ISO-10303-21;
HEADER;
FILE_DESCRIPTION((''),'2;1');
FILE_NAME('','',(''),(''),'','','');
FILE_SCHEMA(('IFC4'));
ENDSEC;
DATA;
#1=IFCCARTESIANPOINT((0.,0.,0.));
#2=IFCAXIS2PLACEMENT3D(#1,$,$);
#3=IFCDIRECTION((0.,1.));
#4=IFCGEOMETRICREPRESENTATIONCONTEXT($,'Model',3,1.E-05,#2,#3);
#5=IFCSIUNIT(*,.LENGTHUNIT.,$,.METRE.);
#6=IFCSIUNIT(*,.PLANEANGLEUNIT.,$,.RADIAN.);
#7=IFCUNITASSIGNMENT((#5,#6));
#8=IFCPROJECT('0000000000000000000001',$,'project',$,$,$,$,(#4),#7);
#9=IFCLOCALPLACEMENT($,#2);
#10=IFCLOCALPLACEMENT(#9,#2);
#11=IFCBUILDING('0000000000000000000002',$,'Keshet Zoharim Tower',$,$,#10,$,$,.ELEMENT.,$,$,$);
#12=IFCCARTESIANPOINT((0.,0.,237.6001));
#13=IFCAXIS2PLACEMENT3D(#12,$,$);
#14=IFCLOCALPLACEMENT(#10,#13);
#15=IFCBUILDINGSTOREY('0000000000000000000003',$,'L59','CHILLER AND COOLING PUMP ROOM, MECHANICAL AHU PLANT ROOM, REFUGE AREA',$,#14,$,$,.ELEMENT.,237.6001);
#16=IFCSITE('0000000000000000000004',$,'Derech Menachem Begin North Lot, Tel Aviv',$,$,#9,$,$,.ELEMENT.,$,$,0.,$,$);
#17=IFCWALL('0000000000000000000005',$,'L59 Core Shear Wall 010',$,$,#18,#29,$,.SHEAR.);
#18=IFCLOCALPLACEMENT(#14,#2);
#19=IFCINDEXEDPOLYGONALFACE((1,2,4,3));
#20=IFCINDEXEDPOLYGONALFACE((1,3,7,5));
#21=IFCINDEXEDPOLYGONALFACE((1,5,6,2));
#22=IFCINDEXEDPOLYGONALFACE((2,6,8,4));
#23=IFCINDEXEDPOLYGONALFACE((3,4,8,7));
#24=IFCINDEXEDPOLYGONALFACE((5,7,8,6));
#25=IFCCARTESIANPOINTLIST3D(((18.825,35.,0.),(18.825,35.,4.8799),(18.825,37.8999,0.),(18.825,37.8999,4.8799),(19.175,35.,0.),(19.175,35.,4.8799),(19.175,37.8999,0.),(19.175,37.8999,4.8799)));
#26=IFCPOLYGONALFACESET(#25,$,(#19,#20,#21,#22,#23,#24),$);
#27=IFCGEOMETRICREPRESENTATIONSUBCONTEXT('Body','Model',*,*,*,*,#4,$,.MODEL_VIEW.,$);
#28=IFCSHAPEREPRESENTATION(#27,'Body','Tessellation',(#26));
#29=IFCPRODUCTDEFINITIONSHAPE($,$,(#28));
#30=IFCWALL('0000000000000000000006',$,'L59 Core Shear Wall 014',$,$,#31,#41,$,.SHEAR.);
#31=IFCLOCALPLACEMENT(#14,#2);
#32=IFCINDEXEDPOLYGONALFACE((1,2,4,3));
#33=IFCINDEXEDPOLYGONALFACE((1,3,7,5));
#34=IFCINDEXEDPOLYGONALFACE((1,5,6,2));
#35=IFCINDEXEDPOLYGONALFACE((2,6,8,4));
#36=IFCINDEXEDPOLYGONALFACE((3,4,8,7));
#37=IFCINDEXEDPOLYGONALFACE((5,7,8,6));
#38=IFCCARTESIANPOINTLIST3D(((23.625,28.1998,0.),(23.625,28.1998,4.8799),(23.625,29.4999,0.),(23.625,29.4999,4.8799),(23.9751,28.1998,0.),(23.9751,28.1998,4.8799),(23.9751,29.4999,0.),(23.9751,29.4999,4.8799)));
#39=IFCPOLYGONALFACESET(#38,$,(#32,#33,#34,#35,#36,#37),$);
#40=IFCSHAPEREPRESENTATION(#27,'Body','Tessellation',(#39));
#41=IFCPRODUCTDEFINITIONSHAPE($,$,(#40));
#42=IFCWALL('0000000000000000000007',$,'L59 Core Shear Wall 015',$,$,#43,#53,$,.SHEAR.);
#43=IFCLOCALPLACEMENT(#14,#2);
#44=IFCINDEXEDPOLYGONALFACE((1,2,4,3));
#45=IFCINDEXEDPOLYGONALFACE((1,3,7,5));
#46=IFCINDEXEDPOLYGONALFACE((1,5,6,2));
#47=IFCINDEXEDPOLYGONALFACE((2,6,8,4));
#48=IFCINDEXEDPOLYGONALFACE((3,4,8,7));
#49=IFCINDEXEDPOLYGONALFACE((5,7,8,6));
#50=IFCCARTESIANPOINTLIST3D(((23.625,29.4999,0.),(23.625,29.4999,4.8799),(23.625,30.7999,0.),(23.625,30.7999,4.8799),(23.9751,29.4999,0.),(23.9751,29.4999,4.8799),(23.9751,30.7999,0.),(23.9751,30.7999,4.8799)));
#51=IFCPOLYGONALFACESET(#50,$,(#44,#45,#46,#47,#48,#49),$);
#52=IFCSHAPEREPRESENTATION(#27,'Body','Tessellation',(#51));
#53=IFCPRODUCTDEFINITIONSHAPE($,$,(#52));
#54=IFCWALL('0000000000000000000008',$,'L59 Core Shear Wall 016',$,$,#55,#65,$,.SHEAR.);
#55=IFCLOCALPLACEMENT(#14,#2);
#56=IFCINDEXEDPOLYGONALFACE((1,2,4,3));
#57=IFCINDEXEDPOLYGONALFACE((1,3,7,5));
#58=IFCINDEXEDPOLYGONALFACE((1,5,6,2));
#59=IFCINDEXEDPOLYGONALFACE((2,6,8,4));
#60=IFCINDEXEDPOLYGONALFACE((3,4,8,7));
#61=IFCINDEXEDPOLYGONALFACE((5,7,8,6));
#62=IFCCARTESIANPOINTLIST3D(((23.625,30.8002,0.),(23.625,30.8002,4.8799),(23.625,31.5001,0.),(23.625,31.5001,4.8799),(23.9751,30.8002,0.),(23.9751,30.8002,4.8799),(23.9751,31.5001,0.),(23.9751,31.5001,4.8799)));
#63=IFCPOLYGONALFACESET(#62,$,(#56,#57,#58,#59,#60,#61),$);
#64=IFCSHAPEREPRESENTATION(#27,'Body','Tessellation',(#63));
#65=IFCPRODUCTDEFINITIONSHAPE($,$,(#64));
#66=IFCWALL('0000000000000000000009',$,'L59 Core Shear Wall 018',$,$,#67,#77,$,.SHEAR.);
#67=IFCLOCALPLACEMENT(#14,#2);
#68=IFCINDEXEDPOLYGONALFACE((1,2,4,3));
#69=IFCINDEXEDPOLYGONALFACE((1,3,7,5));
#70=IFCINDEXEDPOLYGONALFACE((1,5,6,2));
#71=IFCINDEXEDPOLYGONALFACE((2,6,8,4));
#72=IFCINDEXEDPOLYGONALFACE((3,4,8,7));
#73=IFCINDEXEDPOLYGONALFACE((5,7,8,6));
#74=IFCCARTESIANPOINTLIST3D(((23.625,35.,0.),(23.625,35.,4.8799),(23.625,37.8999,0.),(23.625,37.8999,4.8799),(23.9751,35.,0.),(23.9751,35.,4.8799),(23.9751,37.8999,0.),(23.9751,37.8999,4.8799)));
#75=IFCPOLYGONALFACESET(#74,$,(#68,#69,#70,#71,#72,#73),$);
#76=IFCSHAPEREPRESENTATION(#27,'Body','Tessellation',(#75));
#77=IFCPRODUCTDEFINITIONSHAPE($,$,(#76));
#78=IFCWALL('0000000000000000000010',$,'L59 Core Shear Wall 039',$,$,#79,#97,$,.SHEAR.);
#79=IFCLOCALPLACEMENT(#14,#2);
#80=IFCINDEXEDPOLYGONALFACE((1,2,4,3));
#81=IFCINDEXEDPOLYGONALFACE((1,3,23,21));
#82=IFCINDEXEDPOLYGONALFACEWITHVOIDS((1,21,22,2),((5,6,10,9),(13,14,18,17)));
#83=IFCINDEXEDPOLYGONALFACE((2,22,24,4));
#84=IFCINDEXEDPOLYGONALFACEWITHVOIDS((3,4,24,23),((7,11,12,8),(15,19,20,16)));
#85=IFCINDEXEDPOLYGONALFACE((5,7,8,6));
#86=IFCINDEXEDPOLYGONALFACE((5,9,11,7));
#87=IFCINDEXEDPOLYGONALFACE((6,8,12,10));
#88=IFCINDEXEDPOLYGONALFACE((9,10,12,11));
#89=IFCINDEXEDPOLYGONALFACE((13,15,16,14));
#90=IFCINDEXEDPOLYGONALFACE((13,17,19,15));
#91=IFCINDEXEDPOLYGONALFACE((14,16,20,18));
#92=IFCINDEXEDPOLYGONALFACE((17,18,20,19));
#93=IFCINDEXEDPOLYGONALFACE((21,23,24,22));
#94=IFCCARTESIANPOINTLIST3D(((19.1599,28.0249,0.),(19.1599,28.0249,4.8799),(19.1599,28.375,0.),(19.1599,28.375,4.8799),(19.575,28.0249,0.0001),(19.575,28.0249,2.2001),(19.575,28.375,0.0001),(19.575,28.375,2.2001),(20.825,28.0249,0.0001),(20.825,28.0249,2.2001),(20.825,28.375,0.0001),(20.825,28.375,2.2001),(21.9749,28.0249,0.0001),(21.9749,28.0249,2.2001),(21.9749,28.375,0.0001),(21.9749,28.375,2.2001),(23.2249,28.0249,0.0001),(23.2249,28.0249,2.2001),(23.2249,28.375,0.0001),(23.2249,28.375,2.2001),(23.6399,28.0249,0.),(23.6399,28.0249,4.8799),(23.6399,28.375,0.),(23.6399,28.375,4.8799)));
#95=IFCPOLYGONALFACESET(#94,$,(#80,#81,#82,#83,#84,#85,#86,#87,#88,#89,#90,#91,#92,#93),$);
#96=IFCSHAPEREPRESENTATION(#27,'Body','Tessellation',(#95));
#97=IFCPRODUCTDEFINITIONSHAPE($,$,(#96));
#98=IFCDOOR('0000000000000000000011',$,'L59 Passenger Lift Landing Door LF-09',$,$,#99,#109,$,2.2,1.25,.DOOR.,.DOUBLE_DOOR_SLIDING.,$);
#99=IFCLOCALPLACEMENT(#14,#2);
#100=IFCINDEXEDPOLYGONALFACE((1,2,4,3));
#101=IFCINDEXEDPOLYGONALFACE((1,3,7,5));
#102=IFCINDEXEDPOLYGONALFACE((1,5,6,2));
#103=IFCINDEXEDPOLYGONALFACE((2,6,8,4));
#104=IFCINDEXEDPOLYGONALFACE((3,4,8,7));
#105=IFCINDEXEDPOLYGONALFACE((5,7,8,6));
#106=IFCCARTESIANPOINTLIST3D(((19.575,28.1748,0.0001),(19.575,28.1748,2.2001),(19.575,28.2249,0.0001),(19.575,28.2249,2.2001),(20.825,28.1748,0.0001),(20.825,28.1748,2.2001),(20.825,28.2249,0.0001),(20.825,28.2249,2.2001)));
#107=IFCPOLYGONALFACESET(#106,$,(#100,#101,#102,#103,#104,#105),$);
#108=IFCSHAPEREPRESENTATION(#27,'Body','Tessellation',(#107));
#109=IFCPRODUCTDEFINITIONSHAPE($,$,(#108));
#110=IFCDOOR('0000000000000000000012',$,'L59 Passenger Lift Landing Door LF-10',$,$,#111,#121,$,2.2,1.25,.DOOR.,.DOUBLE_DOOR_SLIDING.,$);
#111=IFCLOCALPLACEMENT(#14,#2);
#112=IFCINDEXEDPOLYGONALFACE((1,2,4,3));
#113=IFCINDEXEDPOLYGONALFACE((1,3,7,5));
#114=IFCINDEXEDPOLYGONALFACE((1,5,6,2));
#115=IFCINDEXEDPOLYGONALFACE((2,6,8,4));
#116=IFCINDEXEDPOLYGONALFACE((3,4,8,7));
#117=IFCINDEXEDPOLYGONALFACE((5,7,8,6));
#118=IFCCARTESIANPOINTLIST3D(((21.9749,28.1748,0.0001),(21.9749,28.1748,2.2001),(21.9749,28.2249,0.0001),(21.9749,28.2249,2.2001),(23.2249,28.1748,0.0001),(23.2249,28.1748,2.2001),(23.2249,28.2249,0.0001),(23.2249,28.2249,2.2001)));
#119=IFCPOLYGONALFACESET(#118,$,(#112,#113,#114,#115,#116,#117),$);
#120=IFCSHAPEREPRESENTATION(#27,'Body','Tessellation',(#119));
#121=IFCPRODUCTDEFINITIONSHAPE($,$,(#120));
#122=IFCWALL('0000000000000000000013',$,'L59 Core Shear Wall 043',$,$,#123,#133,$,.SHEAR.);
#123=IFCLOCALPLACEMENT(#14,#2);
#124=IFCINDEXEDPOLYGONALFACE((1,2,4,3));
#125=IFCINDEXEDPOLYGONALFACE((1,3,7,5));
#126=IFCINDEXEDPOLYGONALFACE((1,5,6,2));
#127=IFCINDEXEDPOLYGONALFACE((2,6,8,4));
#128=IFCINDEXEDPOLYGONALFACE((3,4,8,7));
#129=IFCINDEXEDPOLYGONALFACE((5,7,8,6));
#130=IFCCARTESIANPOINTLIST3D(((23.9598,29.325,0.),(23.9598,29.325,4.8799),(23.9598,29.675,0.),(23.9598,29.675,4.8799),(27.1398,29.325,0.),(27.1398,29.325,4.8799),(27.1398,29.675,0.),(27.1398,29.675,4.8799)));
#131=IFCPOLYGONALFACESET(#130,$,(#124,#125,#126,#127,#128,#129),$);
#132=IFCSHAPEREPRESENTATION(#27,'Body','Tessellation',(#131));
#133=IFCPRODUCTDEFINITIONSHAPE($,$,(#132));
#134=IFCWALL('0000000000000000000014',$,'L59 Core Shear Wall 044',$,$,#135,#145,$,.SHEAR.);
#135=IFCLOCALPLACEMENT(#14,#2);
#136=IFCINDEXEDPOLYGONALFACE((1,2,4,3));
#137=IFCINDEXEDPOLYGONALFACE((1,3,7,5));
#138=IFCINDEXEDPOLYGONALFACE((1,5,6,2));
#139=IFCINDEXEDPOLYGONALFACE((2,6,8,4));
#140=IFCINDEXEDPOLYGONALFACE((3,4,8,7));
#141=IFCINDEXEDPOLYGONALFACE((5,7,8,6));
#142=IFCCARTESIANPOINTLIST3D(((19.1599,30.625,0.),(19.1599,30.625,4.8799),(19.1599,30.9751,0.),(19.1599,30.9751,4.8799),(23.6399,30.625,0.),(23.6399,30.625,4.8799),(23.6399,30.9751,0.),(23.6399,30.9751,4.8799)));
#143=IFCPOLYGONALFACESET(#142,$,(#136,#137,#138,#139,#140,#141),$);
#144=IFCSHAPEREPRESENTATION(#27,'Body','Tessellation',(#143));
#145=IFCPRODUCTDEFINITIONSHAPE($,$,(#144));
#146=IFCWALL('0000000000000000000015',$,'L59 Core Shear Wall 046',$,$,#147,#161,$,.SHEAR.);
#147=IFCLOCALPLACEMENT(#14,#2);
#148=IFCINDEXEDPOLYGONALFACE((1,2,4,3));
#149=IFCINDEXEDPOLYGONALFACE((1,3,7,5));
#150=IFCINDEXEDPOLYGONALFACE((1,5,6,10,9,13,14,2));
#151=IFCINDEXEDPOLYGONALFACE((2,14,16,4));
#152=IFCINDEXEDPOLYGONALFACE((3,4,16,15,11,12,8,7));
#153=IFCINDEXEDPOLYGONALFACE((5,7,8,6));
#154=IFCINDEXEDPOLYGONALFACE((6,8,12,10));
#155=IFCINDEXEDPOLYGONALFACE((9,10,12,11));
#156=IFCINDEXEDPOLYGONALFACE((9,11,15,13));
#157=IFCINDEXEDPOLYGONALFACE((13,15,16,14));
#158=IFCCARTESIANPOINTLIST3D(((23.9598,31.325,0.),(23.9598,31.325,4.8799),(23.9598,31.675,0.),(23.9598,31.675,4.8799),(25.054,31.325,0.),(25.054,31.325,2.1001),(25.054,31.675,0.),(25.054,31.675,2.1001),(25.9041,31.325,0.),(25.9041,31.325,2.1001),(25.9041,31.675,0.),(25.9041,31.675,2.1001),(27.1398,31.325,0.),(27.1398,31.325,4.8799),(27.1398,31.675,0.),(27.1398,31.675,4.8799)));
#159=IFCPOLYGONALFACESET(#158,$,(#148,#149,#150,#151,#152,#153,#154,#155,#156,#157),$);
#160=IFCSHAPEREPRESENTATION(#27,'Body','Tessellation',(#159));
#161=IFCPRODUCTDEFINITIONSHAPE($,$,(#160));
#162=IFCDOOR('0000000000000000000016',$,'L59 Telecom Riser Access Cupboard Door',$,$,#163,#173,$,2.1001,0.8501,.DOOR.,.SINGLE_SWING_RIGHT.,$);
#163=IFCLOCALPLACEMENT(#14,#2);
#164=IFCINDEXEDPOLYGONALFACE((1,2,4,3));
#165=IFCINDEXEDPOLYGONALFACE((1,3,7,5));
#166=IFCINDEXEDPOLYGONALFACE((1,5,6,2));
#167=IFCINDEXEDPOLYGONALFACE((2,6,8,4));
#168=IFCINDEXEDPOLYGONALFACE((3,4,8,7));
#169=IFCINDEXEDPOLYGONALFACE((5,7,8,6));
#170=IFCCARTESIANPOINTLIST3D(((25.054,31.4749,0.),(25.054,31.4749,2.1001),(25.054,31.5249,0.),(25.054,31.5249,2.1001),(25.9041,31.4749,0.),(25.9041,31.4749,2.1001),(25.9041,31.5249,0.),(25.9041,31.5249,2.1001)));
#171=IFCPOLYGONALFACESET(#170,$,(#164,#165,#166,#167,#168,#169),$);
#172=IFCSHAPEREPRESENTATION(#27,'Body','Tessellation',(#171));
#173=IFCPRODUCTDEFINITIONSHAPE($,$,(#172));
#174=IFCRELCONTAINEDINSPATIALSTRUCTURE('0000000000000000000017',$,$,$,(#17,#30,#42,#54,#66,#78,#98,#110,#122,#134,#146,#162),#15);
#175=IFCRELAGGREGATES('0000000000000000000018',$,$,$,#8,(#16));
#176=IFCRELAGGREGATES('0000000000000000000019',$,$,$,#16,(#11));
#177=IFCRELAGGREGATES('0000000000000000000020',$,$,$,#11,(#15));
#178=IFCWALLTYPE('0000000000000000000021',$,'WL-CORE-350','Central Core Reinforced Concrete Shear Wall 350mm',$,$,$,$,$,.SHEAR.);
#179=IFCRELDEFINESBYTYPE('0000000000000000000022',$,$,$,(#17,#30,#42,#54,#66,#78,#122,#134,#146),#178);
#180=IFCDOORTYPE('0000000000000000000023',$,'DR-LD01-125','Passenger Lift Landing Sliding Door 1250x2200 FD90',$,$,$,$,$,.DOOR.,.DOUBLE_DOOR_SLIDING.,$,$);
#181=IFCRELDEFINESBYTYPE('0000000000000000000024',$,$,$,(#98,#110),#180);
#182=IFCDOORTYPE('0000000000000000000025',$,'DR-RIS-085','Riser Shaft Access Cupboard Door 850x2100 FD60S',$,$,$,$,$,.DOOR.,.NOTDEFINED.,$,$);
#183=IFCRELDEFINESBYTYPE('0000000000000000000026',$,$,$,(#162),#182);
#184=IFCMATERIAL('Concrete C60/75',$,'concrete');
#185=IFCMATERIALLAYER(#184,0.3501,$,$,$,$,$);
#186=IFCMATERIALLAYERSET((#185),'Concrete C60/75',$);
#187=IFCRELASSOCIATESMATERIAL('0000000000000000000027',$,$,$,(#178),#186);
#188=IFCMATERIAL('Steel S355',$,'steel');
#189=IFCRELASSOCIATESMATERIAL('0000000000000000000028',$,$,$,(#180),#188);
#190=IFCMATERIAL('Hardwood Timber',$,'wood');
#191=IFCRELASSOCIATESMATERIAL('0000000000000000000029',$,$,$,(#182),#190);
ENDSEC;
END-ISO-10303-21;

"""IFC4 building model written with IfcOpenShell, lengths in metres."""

from ifc_helpers import new_model, si_unit, direction, frame, frame_2d, origin, place, context, subcontext, project, spatial, rectangle, extrude, material, layer, layer_set, type_object, element, fill, save


model = new_model("IFC4")

# Units and contexts
model_context = context("Model", 3, precision=1e-05, world=origin(), true_north=direction((0.0, 1.0)))
body_context = subcontext(model_context, "Body", "Model", "MODEL_VIEW")
ifc_project = project(units=[si_unit("LENGTHUNIT", "METRE"), si_unit("PLANEANGLEUNIT", "RADIAN")], contexts=[model_context])

# Site, building, storey
site_placement = place(None, origin())
site = spatial("IfcSite", under=ifc_project, at=site_placement, Name="Derech Menachem Begin North Lot, Tel Aviv", CompositionType="ELEMENT", RefElevation=0.0)
building_placement = place(site_placement, origin())
building = spatial("IfcBuilding", under=site, at=building_placement, Name="Keshet Zoharim Tower", CompositionType="ELEMENT")
storey_placement = place(building_placement, frame((0.0, 0.0, 237.6001)))
storey = spatial("IfcBuildingStorey", under=building, at=storey_placement, Name="L59", Description="CHILLER AND COOLING PUMP ROOM, MECHANICAL AHU PLANT ROOM, REFUGE AREA", CompositionType="ELEMENT", Elevation=237.6001)

# Shared definitions
ifc_material_1 = material(Name="Concrete C60/75", Category="concrete")
ifc_layer_1 = layer(ifc_material_1, 0.3501)
ifc_layer_set_1 = layer_set([ifc_layer_1], Name="Concrete C60/75")
wall_type_1 = type_object("IfcWallType", Name="WL-CORE-350", Description="Central Core Reinforced Concrete Shear Wall 350mm", PredefinedType="SHEAR", material=ifc_layer_set_1)
ifc_material_2 = material(Name="Hardwood Timber", Category="wood")

# Walls
wall_1_placement = place(storey_placement, frame((19.0, 35.0, 0.0), z_axis=(0.0, 0.0, 1.0), x_axis=(0.0, 1.0, 0.0)))
element("IfcWall", 1, at=wall_1_placement, inside=storey, type_object=wall_type_1, Name="L59 Core Shear Wall 010", PredefinedType="SHEAR", context=body_context, shape_type="SweptSolid", body=[
    extrude(rectangle(XDim=2.8999, YDim=0.3501, at=frame_2d((1.45, 0.0))), origin(), (0.0, 0.0, 1.0), 4.8799),
])
for number, where, z_axis, x_axis, name in (
    (2, (23.8, 28.2, 0.0), (0.0, 0.0, 1.0), (0.0, 1.0, 0.0), "L59 Core Shear Wall 014"),
    (3, (23.8, 29.5, 0.0), (0.0, 0.0, 1.0), (0.0, 1.0, 0.0), "L59 Core Shear Wall 015"),
):
    element("IfcWall", number, at=place(storey_placement, frame(where, z_axis=z_axis, x_axis=x_axis)), inside=storey, type_object=wall_type_1, Name=name, PredefinedType="SHEAR", context=body_context, shape_type="SweptSolid", body=[
        extrude(rectangle(XDim=1.3, YDim=0.3501, at=frame_2d((0.6499, 0.0))), origin(), (0.0, 0.0, 1.0), 4.8799),
    ])
wall_2_placement = place(storey_placement, frame((23.8, 30.8, 0.0), z_axis=(0.0, 0.0, 1.0), x_axis=(0.0, 1.0, 0.0)))
element("IfcWall", 4, at=wall_2_placement, inside=storey, type_object=wall_type_1, Name="L59 Core Shear Wall 016", PredefinedType="SHEAR", context=body_context, shape_type="SweptSolid", body=[
    extrude(rectangle(XDim=0.7, YDim=0.3501, at=frame_2d((0.3501, 0.0))), origin(), (0.0, 0.0, 1.0), 4.8799),
])

# Wall
wall_3_placement = place(storey_placement, frame((23.8, 35.0, 0.0), z_axis=(0.0, 0.0, 1.0), x_axis=(0.0, 1.0, 0.0)))
element("IfcWall", 5, at=wall_3_placement, inside=storey, type_object=wall_type_1, Name="L59 Core Shear Wall 018", PredefinedType="SHEAR", context=body_context, shape_type="SweptSolid", body=[
    extrude(rectangle(XDim=2.8999, YDim=0.3501, at=frame_2d((1.45, 0.0))), origin(), (0.0, 0.0, 1.0), 4.8799),
])

# Wall, openings, doors
wall_4_placement = place(storey_placement, frame((19.1599, 28.2, 0.0), z_axis=(0.0, 0.0, 1.0), x_axis=(1.0, 0.0, 0.0)))
wall_4 = element("IfcWall", 6, at=wall_4_placement, inside=storey, type_object=wall_type_1, Name="L59 Core Shear Wall 039", PredefinedType="SHEAR", context=body_context, shape_type="SweptSolid", body=[
    extrude(rectangle(XDim=4.48, YDim=0.3501, at=frame_2d((2.24, 0.0))), origin(), (0.0, 0.0, 1.0), 4.8799),
])
opening_1_placement = place(wall_4_placement, frame((0.415, 0.0, 0.0)))
opening_1 = element("IfcOpeningElement", 7, at=opening_1_placement, cuts=wall_4, PredefinedType="OPENING", context=body_context, shape_type="SweptSolid", body=[
    extrude(rectangle(XDim=1.25, YDim=2.2, at=frame_2d((0.625, 1.1001))), frame((0.0, 0.1851, 0.0), z_axis=(0.0, -1.0, 0.0), x_axis=(1.0, 0.0, 0.0)), (0.0, 0.0, 1.0), 0.3701),
])
opening_2_placement = place(wall_4_placement, frame((2.8149, 0.0, 0.0)))
opening_2 = element("IfcOpeningElement", 8, at=opening_2_placement, cuts=wall_4, PredefinedType="OPENING", context=body_context, shape_type="SweptSolid", body=[
    extrude(rectangle(XDim=1.25, YDim=2.2, at=frame_2d((0.625, 1.1001))), frame((0.0, 0.1851, 0.0), z_axis=(0.0, -1.0, 0.0), x_axis=(1.0, 0.0, 0.0)), (0.0, 0.0, 1.0), 0.3701),
])
ifc_material_3 = material(Name="Steel S355", Category="steel")
door_type_1 = type_object("IfcDoorType", Name="DR-LD01-125", Description="Passenger Lift Landing Sliding Door 1250x2200 FD90", OperationType="DOUBLE_DOOR_SLIDING", PredefinedType="DOOR", material=ifc_material_3)
door_1_placement = place(opening_1_placement, origin())
door_1 = element("IfcDoor", 9, at=door_1_placement, inside=storey, type_object=door_type_1, Name="L59 Passenger Lift Landing Door LF-09", OperationType="DOUBLE_DOOR_SLIDING", OverallHeight=2.2, OverallWidth=1.25, PredefinedType="DOOR", context=body_context, shape_type="SweptSolid", body=[
    extrude(rectangle(XDim=1.25, YDim=2.2, at=frame_2d((0.625, 1.1001))), frame((0.0, 0.0249, 0.0), z_axis=(0.0, -1.0, 0.0), x_axis=(1.0, 0.0, 0.0)), (0.0, 0.0, 1.0), 0.05),
])
fill(opening_1, door_1)
door_2_placement = place(opening_2_placement, origin())
door_2 = element("IfcDoor", 10, at=door_2_placement, inside=storey, type_object=door_type_1, Name="L59 Passenger Lift Landing Door LF-10", OperationType="DOUBLE_DOOR_SLIDING", OverallHeight=2.2, OverallWidth=1.25, PredefinedType="DOOR", context=body_context, shape_type="SweptSolid", body=[
    extrude(rectangle(XDim=1.25, YDim=2.2, at=frame_2d((0.625, 1.1001))), frame((0.0, 0.0249, 0.0), z_axis=(0.0, -1.0, 0.0), x_axis=(1.0, 0.0, 0.0)), (0.0, 0.0, 1.0), 0.05),
])
fill(opening_2, door_2)

# Walls
wall_5_placement = place(storey_placement, frame((23.96, 29.5, 0.0), z_axis=(0.0, 0.0, 1.0), x_axis=(1.0, 0.0, 0.0)))
element("IfcWall", 11, at=wall_5_placement, inside=storey, type_object=wall_type_1, Name="L59 Core Shear Wall 043", PredefinedType="SHEAR", context=body_context, shape_type="SweptSolid", body=[
    extrude(rectangle(XDim=3.1799, YDim=0.3501, at=frame_2d((1.5898, 0.0))), origin(), (0.0, 0.0, 1.0), 4.8799),
])
wall_6_placement = place(storey_placement, frame((19.1599, 30.8, 0.0), z_axis=(0.0, 0.0, 1.0), x_axis=(1.0, 0.0, 0.0)))
element("IfcWall", 12, at=wall_6_placement, inside=storey, type_object=wall_type_1, Name="L59 Core Shear Wall 044", PredefinedType="SHEAR", context=body_context, shape_type="SweptSolid", body=[
    extrude(rectangle(XDim=4.48, YDim=0.3501, at=frame_2d((2.24, 0.0))), origin(), (0.0, 0.0, 1.0), 4.8799),
])

# Wall, opening, door
wall_7_placement = place(storey_placement, frame((23.96, 31.5, 0.0), z_axis=(0.0, 0.0, 1.0), x_axis=(1.0, 0.0, 0.0)))
wall_7 = element("IfcWall", 13, at=wall_7_placement, inside=storey, type_object=wall_type_1, Name="L59 Core Shear Wall 046", PredefinedType="SHEAR", context=body_context, shape_type="SweptSolid", body=[
    extrude(rectangle(XDim=3.1799, YDim=0.3501, at=frame_2d((1.5898, 0.0))), origin(), (0.0, 0.0, 1.0), 4.8799),
])
opening_3_placement = place(wall_7_placement, frame((1.094, 0.0, 0.0)))
opening_3 = element("IfcOpeningElement", 14, at=opening_3_placement, cuts=wall_7, PredefinedType="OPENING", context=body_context, shape_type="SweptSolid", body=[
    extrude(rectangle(XDim=0.8501, YDim=2.1001, at=frame_2d((0.425, 1.05))), frame((0.0, 0.1851, 0.0), z_axis=(0.0, -1.0, 0.0), x_axis=(1.0, 0.0, 0.0)), (0.0, 0.0, 1.0), 0.3701),
])
door_type_2 = type_object("IfcDoorType", Name="DR-RIS-085", Description="Riser Shaft Access Cupboard Door 850x2100 FD60S", OperationType="NOTDEFINED", PredefinedType="DOOR", material=ifc_material_2)
door_3_placement = place(opening_3_placement, origin())
door_3 = element("IfcDoor", 15, at=door_3_placement, inside=storey, type_object=door_type_2, Name="L59 Telecom Riser Access Cupboard Door", OperationType="SINGLE_SWING_RIGHT", OverallHeight=2.1001, OverallWidth=0.8501, PredefinedType="DOOR", context=body_context, shape_type="SweptSolid", body=[
    extrude(rectangle(XDim=0.8501, YDim=2.1001, at=frame_2d((0.425, 1.05))), frame((0.0, 0.0249, 0.0), z_axis=(0.0, -1.0, 0.0), x_axis=(1.0, 0.0, 0.0)), (0.0, 0.0, 1.0), 0.05),
])
fill(opening_3, door_3)

save(model, "model.ifc")
